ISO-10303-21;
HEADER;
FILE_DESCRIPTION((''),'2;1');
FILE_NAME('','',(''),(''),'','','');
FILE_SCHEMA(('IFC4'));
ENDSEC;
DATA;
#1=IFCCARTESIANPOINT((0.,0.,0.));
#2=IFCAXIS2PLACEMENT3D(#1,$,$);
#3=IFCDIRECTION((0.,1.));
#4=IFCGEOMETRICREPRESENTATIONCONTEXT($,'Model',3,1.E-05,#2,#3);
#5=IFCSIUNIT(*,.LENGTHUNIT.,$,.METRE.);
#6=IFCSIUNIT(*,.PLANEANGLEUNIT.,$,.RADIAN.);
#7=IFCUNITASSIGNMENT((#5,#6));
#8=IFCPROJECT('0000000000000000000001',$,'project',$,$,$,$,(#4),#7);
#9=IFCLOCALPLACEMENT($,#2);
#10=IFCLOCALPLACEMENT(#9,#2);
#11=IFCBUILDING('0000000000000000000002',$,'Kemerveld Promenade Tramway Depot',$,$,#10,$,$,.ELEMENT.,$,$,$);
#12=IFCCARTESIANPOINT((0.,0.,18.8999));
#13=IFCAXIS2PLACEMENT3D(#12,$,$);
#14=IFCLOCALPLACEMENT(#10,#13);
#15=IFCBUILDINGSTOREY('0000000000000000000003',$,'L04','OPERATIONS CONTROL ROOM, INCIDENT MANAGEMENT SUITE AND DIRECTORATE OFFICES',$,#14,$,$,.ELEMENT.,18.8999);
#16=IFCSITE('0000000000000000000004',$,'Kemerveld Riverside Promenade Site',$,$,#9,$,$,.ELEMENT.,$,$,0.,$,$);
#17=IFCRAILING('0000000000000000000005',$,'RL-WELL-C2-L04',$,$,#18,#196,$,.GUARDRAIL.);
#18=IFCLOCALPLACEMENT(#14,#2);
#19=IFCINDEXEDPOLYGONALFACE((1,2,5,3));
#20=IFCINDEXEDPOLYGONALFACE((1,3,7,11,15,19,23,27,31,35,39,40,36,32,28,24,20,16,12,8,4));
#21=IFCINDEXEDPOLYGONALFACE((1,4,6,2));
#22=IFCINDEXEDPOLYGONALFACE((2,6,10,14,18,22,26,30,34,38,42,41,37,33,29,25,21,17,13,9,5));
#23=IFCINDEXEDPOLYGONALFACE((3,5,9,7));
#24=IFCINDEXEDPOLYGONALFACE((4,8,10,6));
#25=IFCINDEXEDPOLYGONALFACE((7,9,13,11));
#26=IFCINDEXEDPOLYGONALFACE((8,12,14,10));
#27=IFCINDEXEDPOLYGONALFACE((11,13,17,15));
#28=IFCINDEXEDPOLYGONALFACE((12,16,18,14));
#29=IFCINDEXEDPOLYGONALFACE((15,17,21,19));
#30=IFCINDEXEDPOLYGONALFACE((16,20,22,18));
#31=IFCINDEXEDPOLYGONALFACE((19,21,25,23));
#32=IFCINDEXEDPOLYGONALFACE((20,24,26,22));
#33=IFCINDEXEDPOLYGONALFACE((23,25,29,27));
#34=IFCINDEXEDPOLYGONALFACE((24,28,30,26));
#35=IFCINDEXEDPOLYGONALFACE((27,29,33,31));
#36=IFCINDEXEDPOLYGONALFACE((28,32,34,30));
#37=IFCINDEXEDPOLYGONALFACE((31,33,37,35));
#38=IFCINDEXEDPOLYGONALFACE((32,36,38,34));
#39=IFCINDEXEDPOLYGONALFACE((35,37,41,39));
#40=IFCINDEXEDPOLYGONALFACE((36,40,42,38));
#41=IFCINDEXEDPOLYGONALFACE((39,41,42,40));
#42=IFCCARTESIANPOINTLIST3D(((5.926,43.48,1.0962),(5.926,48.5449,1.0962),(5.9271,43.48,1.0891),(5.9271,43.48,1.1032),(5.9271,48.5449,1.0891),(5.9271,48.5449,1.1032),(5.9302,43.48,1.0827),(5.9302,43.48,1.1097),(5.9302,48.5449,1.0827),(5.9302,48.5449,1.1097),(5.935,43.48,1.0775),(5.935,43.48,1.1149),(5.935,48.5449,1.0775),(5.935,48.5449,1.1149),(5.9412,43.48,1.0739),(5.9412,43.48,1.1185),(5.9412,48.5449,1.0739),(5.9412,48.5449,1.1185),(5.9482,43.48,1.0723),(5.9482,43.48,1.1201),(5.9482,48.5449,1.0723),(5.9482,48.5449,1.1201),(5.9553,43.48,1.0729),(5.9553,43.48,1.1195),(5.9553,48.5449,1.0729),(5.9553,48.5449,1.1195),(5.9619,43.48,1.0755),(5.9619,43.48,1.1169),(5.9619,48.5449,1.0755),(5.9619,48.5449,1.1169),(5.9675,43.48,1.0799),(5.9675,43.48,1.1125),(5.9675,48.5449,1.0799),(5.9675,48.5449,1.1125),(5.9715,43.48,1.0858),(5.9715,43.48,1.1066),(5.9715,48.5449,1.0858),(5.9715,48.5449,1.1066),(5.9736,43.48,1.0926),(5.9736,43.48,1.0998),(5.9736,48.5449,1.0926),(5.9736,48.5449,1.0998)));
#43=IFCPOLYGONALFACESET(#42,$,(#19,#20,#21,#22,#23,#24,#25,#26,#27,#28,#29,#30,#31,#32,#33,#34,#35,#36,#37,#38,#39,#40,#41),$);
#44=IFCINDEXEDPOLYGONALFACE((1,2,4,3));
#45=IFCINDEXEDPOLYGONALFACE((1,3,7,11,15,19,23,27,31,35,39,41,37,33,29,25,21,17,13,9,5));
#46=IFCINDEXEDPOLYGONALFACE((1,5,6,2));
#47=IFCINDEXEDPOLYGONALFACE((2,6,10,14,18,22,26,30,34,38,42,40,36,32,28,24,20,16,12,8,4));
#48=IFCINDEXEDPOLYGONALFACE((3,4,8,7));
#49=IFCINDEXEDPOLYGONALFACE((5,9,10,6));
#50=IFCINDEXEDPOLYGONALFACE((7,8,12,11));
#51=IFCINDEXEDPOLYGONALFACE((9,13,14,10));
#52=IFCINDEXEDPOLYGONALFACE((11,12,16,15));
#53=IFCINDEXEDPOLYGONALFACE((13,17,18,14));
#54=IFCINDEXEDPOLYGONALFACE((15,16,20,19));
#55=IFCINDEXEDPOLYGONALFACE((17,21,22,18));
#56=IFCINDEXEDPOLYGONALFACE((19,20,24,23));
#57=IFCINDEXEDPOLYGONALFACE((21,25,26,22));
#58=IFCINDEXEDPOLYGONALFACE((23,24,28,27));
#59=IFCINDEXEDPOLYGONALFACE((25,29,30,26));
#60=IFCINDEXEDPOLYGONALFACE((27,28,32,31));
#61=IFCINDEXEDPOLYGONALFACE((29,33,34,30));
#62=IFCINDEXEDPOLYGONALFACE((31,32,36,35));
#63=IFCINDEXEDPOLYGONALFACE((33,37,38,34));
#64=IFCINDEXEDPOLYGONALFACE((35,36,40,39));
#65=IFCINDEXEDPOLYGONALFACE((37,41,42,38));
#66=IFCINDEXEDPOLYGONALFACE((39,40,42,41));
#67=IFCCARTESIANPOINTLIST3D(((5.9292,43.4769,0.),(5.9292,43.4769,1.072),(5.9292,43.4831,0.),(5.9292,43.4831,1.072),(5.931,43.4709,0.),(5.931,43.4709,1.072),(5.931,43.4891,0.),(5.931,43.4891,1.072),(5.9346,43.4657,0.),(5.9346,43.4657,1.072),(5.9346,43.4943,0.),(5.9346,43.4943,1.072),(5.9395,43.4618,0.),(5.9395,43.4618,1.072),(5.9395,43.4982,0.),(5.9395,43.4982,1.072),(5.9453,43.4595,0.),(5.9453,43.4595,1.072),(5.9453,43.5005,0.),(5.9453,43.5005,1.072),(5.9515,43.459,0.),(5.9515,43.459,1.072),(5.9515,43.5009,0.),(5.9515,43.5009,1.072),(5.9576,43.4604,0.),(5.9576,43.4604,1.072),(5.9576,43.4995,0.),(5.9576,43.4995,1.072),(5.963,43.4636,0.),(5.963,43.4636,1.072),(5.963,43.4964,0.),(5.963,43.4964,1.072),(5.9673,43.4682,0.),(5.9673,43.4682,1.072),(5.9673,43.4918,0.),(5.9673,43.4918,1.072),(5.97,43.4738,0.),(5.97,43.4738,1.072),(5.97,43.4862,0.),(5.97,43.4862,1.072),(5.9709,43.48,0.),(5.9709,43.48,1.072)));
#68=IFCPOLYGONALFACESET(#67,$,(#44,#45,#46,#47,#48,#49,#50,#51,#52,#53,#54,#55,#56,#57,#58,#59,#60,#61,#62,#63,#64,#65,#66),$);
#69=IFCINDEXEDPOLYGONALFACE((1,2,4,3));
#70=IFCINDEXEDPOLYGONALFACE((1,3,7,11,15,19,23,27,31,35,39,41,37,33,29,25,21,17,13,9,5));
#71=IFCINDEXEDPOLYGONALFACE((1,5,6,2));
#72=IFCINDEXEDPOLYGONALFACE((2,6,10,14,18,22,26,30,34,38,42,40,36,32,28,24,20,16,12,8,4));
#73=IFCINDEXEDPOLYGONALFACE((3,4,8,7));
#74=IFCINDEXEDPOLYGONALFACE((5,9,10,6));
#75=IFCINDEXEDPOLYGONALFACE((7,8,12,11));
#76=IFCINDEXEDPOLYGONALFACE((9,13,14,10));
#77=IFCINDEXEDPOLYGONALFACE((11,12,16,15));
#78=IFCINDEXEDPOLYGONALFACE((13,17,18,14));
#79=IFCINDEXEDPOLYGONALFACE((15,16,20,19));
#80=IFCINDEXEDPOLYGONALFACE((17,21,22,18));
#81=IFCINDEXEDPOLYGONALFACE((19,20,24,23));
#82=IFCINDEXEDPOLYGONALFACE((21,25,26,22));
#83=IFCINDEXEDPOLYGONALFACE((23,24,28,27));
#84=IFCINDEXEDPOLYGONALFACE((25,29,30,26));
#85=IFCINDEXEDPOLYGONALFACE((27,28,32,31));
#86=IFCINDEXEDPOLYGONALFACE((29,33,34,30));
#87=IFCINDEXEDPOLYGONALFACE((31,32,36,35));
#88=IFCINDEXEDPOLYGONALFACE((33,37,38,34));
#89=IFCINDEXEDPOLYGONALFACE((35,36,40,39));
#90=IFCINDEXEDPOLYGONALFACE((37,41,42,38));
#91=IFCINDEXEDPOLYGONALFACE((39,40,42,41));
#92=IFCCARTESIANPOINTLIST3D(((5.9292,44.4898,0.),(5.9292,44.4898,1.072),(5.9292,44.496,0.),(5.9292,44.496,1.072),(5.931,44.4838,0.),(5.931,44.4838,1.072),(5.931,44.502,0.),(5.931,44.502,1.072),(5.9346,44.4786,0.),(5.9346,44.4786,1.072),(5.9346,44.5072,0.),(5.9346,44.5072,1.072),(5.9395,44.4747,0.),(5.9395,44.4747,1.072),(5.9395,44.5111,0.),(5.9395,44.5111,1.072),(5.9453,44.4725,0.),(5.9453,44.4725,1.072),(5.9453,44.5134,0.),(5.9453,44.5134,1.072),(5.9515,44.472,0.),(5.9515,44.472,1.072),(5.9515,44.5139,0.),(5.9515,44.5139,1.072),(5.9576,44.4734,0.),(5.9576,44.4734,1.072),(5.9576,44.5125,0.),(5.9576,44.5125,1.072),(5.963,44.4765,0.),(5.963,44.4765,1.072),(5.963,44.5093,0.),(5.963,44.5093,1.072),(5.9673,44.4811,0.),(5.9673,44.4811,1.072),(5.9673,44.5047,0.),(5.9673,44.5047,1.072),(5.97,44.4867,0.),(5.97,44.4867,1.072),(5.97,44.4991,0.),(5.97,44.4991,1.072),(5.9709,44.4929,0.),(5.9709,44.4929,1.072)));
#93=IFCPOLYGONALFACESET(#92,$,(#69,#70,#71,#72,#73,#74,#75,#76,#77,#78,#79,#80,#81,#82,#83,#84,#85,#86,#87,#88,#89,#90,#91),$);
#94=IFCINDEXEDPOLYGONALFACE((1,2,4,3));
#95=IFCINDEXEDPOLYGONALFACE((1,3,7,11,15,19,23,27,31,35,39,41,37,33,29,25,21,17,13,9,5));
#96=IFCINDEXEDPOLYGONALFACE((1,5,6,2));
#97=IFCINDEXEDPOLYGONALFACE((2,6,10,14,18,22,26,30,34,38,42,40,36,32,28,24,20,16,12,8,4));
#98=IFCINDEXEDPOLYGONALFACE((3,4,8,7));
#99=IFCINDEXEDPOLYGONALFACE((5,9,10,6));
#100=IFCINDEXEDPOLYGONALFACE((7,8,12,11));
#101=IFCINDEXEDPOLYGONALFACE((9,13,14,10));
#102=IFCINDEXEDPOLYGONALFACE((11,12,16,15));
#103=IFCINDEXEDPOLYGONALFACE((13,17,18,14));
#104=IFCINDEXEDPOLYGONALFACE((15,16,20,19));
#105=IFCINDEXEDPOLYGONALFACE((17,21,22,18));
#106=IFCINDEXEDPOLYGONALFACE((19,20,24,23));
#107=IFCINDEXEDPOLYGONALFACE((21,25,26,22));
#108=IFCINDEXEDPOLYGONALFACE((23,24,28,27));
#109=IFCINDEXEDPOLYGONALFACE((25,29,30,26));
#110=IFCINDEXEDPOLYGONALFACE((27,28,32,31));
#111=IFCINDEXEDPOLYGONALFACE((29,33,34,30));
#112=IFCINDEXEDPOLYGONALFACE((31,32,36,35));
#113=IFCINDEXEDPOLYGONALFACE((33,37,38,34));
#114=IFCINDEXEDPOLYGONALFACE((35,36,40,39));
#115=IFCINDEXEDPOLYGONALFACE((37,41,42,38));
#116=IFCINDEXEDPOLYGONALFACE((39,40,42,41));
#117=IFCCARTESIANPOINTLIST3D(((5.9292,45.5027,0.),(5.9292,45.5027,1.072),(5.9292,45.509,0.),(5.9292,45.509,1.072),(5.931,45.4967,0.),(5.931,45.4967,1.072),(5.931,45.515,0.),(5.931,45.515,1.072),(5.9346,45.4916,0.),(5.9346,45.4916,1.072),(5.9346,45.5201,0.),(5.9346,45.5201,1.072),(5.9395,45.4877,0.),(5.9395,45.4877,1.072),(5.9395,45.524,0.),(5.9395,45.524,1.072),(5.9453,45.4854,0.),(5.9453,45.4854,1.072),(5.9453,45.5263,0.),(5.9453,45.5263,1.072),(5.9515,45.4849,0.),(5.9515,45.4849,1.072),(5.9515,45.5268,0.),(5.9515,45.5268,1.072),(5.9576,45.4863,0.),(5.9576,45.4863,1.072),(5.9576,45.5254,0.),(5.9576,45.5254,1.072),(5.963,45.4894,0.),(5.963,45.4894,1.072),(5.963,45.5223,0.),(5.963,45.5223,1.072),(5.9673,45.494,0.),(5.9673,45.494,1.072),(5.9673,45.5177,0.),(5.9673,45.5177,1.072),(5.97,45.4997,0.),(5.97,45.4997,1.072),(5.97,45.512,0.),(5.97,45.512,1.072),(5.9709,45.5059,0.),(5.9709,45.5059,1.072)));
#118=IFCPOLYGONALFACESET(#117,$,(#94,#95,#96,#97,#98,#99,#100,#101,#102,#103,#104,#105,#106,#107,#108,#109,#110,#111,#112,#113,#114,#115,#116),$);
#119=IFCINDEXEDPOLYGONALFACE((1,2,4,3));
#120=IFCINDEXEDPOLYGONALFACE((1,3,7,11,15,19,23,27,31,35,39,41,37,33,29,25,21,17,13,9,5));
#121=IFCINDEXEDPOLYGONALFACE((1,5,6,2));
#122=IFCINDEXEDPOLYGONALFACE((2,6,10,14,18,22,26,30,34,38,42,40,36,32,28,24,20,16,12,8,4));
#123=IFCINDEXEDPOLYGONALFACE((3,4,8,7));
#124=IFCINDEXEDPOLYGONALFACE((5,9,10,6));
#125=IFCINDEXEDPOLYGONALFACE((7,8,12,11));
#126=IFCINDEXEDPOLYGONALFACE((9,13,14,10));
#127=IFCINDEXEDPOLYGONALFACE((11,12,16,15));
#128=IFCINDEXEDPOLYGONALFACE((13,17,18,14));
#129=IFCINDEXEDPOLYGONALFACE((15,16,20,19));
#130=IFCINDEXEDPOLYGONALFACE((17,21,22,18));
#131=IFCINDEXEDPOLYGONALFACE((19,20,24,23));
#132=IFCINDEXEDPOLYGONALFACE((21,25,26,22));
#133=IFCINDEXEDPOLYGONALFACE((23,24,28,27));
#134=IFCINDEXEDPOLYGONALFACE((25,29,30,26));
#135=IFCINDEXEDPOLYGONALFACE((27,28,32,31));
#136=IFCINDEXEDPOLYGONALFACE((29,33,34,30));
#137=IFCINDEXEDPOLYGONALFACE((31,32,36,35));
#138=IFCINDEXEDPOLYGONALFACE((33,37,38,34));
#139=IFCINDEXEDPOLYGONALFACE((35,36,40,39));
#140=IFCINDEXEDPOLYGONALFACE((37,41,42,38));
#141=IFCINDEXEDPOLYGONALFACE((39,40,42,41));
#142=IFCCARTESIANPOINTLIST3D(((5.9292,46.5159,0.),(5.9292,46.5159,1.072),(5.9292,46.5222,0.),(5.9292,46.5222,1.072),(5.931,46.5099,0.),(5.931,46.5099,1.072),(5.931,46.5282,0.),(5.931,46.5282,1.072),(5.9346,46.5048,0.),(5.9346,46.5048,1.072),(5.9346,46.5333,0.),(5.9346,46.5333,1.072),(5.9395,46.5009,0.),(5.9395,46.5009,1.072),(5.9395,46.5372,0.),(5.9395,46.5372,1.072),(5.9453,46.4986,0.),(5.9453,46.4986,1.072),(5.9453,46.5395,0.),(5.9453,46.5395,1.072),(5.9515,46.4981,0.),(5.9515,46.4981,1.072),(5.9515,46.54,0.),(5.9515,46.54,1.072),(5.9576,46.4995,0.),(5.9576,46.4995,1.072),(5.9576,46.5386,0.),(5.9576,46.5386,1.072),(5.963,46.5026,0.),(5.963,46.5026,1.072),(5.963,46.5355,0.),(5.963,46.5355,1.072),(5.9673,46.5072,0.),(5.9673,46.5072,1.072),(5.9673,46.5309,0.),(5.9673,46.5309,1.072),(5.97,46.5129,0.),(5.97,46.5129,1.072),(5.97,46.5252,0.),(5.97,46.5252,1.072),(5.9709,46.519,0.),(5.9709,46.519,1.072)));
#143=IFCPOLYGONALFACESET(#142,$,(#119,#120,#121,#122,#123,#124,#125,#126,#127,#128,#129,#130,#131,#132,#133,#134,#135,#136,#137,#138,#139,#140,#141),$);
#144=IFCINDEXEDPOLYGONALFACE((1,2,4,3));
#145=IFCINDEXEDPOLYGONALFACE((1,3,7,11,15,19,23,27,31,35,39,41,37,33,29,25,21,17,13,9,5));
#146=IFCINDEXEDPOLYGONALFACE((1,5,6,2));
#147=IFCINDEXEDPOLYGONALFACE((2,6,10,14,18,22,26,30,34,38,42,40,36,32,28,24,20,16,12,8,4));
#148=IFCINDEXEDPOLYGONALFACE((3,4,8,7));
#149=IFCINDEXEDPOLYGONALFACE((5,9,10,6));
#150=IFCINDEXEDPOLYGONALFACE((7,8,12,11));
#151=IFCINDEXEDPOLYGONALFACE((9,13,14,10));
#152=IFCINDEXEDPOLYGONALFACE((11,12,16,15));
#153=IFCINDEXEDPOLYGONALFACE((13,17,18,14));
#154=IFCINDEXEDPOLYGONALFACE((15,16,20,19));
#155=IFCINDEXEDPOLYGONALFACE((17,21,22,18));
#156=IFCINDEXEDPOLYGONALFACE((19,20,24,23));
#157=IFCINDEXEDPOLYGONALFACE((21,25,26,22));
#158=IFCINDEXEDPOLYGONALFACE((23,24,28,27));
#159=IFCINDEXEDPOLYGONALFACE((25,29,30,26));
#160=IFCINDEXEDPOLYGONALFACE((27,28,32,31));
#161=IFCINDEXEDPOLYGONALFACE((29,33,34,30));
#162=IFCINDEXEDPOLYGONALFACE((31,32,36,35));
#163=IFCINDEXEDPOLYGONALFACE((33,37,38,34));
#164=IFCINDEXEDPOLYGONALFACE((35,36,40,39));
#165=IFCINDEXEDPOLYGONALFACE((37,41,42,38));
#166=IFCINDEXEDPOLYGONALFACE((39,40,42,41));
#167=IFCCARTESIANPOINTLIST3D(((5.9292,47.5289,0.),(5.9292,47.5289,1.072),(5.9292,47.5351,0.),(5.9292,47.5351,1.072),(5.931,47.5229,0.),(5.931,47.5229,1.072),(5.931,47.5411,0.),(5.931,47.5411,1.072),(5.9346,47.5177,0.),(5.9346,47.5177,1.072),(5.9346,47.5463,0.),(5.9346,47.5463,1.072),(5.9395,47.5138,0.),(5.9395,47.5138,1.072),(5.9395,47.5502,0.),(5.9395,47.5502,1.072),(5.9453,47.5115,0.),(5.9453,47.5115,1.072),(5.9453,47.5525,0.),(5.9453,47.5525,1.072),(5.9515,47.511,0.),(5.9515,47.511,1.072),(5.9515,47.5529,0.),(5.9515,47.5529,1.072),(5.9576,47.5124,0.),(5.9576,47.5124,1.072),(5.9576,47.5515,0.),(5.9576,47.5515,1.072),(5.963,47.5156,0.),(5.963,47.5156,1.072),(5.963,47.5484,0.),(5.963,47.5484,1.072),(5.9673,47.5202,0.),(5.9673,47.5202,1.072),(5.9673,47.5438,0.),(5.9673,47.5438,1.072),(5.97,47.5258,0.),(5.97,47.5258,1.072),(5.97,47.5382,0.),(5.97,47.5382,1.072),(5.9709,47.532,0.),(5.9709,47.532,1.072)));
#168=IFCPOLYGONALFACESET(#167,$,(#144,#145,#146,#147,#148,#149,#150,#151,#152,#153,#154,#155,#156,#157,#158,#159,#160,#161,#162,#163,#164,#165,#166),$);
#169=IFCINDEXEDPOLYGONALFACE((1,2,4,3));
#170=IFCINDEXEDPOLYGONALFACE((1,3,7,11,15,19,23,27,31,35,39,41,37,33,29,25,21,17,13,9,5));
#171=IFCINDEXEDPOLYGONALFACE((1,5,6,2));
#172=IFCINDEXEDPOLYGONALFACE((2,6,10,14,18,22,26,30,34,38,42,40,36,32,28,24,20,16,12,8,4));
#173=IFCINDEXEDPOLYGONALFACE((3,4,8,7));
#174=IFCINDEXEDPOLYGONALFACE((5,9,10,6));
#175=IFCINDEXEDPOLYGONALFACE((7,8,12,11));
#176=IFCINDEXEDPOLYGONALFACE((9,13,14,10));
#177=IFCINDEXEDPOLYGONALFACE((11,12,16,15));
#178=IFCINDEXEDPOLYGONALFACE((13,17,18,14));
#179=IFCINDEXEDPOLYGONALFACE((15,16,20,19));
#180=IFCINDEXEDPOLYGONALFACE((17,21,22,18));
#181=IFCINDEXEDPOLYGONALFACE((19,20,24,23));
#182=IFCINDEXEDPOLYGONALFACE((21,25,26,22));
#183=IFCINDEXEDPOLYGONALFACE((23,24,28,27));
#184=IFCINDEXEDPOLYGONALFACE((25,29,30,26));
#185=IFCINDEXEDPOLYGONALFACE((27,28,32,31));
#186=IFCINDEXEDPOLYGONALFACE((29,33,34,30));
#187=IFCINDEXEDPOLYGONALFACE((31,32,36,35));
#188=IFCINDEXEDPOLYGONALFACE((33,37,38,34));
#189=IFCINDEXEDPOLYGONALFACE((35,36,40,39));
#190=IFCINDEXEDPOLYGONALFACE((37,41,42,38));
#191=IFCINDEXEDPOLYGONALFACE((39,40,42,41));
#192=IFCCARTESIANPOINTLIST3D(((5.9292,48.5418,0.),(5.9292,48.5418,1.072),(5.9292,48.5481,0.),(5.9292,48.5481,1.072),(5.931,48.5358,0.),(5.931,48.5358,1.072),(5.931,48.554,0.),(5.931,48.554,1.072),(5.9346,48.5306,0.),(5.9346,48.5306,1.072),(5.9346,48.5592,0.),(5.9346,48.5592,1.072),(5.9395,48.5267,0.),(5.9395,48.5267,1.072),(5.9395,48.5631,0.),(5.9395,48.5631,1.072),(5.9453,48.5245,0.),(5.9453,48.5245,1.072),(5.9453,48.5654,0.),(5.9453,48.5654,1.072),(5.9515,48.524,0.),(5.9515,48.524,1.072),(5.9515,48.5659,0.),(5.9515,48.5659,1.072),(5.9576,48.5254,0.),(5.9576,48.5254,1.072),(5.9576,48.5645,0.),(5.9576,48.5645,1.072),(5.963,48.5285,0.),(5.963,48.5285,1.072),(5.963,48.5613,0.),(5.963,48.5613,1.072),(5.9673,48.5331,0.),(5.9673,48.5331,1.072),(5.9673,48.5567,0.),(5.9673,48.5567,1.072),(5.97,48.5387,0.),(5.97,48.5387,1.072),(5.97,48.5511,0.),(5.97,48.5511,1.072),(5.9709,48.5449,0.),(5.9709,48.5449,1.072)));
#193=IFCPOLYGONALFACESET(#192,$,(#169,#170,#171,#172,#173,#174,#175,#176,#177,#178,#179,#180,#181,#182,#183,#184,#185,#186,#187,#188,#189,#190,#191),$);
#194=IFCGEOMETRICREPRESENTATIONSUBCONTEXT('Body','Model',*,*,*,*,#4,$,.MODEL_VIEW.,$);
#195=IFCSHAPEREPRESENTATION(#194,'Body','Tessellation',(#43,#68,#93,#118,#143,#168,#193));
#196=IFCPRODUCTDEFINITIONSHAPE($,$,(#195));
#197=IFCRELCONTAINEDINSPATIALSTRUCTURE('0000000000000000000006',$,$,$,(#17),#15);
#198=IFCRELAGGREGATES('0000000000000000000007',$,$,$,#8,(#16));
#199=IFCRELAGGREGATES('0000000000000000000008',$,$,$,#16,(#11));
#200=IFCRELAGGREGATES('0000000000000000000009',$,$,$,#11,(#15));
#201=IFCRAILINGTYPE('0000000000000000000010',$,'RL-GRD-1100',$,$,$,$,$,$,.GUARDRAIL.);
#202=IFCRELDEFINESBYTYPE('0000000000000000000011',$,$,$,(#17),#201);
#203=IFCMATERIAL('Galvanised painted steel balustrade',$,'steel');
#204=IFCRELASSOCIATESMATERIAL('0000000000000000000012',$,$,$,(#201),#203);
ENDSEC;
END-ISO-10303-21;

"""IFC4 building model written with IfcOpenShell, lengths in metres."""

from ifc_helpers import new_model, si_unit, direction, frame, origin, origin_2d, place, context, subcontext, project, spatial, circle, extrude, material, type_object, element, save


model = new_model("IFC4")

# Units and contexts
model_context = context("Model", 3, precision=1e-05, world=origin(), true_north=direction((0.0, 1.0)))
body_context = subcontext(model_context, "Body", "Model", "MODEL_VIEW")
ifc_project = project(units=[si_unit("LENGTHUNIT", "METRE"), si_unit("PLANEANGLEUNIT", "RADIAN")], contexts=[model_context])

# Site, building, storey
site_placement = place(None, origin())
site = spatial("IfcSite", under=ifc_project, at=site_placement, Name="Kemerveld Riverside Promenade Site", CompositionType="ELEMENT", RefElevation=0.0)
building_placement = place(site_placement, origin())
building = spatial("IfcBuilding", under=site, at=building_placement, Name="Kemerveld Promenade Tramway Depot", CompositionType="ELEMENT")
storey_placement = place(building_placement, frame((0.0, 0.0, 18.8999)))
storey = spatial("IfcBuildingStorey", under=building, at=storey_placement, Name="L04", Description="OPERATIONS CONTROL ROOM, INCIDENT MANAGEMENT SUITE AND DIRECTORATE OFFICES", CompositionType="ELEMENT", Elevation=18.8999)

# Railing
ifc_material_1 = material(Name="Galvanised painted steel balustrade", Category="steel")
railing_type = type_object("IfcRailingType", Name="RL-GRD-1100", PredefinedType="GUARDRAIL", material=ifc_material_1)
railing_placement = place(storey_placement, frame((5.95, 43.48, 0.0)))
element("IfcRailing", 1, at=railing_placement, inside=storey, type_object=railing_type, Name="RL-WELL-C2-L04", PredefinedType="GUARDRAIL", context=body_context, shape_type="SweptSolid", body=[
    extrude(circle(Radius=0.0239, at=origin_2d()), frame((0.0, 0.0, 1.0962), z_axis=(0.0, 1.0, 0.0), x_axis=(-1.0, 0.0, 0.0)), (0.0, 0.0, 1.0), 5.0649),
    extrude(circle(Radius=0.021, at=origin_2d()), origin(), (0.0, 0.0, 1.0), 1.072),
    extrude(circle(Radius=0.021, at=origin_2d()), frame((0.0, 1.0129, 0.0)), (0.0, 0.0, 1.0), 1.072),
    extrude(circle(Radius=0.021, at=origin_2d()), frame((0.0, 2.0259, 0.0)), (0.0, 0.0, 1.0), 1.072),
    extrude(circle(Radius=0.021, at=origin_2d()), frame((0.0, 3.0391, 0.0)), (0.0, 0.0, 1.0), 1.072),
    extrude(circle(Radius=0.021, at=origin_2d()), frame((0.0, 4.052, 0.0)), (0.0, 0.0, 1.0), 1.072),
    extrude(circle(Radius=0.021, at=origin_2d()), frame((0.0, 5.0649, 0.0)), (0.0, 0.0, 1.0), 1.072),
])

save(model, "model.ifc")
